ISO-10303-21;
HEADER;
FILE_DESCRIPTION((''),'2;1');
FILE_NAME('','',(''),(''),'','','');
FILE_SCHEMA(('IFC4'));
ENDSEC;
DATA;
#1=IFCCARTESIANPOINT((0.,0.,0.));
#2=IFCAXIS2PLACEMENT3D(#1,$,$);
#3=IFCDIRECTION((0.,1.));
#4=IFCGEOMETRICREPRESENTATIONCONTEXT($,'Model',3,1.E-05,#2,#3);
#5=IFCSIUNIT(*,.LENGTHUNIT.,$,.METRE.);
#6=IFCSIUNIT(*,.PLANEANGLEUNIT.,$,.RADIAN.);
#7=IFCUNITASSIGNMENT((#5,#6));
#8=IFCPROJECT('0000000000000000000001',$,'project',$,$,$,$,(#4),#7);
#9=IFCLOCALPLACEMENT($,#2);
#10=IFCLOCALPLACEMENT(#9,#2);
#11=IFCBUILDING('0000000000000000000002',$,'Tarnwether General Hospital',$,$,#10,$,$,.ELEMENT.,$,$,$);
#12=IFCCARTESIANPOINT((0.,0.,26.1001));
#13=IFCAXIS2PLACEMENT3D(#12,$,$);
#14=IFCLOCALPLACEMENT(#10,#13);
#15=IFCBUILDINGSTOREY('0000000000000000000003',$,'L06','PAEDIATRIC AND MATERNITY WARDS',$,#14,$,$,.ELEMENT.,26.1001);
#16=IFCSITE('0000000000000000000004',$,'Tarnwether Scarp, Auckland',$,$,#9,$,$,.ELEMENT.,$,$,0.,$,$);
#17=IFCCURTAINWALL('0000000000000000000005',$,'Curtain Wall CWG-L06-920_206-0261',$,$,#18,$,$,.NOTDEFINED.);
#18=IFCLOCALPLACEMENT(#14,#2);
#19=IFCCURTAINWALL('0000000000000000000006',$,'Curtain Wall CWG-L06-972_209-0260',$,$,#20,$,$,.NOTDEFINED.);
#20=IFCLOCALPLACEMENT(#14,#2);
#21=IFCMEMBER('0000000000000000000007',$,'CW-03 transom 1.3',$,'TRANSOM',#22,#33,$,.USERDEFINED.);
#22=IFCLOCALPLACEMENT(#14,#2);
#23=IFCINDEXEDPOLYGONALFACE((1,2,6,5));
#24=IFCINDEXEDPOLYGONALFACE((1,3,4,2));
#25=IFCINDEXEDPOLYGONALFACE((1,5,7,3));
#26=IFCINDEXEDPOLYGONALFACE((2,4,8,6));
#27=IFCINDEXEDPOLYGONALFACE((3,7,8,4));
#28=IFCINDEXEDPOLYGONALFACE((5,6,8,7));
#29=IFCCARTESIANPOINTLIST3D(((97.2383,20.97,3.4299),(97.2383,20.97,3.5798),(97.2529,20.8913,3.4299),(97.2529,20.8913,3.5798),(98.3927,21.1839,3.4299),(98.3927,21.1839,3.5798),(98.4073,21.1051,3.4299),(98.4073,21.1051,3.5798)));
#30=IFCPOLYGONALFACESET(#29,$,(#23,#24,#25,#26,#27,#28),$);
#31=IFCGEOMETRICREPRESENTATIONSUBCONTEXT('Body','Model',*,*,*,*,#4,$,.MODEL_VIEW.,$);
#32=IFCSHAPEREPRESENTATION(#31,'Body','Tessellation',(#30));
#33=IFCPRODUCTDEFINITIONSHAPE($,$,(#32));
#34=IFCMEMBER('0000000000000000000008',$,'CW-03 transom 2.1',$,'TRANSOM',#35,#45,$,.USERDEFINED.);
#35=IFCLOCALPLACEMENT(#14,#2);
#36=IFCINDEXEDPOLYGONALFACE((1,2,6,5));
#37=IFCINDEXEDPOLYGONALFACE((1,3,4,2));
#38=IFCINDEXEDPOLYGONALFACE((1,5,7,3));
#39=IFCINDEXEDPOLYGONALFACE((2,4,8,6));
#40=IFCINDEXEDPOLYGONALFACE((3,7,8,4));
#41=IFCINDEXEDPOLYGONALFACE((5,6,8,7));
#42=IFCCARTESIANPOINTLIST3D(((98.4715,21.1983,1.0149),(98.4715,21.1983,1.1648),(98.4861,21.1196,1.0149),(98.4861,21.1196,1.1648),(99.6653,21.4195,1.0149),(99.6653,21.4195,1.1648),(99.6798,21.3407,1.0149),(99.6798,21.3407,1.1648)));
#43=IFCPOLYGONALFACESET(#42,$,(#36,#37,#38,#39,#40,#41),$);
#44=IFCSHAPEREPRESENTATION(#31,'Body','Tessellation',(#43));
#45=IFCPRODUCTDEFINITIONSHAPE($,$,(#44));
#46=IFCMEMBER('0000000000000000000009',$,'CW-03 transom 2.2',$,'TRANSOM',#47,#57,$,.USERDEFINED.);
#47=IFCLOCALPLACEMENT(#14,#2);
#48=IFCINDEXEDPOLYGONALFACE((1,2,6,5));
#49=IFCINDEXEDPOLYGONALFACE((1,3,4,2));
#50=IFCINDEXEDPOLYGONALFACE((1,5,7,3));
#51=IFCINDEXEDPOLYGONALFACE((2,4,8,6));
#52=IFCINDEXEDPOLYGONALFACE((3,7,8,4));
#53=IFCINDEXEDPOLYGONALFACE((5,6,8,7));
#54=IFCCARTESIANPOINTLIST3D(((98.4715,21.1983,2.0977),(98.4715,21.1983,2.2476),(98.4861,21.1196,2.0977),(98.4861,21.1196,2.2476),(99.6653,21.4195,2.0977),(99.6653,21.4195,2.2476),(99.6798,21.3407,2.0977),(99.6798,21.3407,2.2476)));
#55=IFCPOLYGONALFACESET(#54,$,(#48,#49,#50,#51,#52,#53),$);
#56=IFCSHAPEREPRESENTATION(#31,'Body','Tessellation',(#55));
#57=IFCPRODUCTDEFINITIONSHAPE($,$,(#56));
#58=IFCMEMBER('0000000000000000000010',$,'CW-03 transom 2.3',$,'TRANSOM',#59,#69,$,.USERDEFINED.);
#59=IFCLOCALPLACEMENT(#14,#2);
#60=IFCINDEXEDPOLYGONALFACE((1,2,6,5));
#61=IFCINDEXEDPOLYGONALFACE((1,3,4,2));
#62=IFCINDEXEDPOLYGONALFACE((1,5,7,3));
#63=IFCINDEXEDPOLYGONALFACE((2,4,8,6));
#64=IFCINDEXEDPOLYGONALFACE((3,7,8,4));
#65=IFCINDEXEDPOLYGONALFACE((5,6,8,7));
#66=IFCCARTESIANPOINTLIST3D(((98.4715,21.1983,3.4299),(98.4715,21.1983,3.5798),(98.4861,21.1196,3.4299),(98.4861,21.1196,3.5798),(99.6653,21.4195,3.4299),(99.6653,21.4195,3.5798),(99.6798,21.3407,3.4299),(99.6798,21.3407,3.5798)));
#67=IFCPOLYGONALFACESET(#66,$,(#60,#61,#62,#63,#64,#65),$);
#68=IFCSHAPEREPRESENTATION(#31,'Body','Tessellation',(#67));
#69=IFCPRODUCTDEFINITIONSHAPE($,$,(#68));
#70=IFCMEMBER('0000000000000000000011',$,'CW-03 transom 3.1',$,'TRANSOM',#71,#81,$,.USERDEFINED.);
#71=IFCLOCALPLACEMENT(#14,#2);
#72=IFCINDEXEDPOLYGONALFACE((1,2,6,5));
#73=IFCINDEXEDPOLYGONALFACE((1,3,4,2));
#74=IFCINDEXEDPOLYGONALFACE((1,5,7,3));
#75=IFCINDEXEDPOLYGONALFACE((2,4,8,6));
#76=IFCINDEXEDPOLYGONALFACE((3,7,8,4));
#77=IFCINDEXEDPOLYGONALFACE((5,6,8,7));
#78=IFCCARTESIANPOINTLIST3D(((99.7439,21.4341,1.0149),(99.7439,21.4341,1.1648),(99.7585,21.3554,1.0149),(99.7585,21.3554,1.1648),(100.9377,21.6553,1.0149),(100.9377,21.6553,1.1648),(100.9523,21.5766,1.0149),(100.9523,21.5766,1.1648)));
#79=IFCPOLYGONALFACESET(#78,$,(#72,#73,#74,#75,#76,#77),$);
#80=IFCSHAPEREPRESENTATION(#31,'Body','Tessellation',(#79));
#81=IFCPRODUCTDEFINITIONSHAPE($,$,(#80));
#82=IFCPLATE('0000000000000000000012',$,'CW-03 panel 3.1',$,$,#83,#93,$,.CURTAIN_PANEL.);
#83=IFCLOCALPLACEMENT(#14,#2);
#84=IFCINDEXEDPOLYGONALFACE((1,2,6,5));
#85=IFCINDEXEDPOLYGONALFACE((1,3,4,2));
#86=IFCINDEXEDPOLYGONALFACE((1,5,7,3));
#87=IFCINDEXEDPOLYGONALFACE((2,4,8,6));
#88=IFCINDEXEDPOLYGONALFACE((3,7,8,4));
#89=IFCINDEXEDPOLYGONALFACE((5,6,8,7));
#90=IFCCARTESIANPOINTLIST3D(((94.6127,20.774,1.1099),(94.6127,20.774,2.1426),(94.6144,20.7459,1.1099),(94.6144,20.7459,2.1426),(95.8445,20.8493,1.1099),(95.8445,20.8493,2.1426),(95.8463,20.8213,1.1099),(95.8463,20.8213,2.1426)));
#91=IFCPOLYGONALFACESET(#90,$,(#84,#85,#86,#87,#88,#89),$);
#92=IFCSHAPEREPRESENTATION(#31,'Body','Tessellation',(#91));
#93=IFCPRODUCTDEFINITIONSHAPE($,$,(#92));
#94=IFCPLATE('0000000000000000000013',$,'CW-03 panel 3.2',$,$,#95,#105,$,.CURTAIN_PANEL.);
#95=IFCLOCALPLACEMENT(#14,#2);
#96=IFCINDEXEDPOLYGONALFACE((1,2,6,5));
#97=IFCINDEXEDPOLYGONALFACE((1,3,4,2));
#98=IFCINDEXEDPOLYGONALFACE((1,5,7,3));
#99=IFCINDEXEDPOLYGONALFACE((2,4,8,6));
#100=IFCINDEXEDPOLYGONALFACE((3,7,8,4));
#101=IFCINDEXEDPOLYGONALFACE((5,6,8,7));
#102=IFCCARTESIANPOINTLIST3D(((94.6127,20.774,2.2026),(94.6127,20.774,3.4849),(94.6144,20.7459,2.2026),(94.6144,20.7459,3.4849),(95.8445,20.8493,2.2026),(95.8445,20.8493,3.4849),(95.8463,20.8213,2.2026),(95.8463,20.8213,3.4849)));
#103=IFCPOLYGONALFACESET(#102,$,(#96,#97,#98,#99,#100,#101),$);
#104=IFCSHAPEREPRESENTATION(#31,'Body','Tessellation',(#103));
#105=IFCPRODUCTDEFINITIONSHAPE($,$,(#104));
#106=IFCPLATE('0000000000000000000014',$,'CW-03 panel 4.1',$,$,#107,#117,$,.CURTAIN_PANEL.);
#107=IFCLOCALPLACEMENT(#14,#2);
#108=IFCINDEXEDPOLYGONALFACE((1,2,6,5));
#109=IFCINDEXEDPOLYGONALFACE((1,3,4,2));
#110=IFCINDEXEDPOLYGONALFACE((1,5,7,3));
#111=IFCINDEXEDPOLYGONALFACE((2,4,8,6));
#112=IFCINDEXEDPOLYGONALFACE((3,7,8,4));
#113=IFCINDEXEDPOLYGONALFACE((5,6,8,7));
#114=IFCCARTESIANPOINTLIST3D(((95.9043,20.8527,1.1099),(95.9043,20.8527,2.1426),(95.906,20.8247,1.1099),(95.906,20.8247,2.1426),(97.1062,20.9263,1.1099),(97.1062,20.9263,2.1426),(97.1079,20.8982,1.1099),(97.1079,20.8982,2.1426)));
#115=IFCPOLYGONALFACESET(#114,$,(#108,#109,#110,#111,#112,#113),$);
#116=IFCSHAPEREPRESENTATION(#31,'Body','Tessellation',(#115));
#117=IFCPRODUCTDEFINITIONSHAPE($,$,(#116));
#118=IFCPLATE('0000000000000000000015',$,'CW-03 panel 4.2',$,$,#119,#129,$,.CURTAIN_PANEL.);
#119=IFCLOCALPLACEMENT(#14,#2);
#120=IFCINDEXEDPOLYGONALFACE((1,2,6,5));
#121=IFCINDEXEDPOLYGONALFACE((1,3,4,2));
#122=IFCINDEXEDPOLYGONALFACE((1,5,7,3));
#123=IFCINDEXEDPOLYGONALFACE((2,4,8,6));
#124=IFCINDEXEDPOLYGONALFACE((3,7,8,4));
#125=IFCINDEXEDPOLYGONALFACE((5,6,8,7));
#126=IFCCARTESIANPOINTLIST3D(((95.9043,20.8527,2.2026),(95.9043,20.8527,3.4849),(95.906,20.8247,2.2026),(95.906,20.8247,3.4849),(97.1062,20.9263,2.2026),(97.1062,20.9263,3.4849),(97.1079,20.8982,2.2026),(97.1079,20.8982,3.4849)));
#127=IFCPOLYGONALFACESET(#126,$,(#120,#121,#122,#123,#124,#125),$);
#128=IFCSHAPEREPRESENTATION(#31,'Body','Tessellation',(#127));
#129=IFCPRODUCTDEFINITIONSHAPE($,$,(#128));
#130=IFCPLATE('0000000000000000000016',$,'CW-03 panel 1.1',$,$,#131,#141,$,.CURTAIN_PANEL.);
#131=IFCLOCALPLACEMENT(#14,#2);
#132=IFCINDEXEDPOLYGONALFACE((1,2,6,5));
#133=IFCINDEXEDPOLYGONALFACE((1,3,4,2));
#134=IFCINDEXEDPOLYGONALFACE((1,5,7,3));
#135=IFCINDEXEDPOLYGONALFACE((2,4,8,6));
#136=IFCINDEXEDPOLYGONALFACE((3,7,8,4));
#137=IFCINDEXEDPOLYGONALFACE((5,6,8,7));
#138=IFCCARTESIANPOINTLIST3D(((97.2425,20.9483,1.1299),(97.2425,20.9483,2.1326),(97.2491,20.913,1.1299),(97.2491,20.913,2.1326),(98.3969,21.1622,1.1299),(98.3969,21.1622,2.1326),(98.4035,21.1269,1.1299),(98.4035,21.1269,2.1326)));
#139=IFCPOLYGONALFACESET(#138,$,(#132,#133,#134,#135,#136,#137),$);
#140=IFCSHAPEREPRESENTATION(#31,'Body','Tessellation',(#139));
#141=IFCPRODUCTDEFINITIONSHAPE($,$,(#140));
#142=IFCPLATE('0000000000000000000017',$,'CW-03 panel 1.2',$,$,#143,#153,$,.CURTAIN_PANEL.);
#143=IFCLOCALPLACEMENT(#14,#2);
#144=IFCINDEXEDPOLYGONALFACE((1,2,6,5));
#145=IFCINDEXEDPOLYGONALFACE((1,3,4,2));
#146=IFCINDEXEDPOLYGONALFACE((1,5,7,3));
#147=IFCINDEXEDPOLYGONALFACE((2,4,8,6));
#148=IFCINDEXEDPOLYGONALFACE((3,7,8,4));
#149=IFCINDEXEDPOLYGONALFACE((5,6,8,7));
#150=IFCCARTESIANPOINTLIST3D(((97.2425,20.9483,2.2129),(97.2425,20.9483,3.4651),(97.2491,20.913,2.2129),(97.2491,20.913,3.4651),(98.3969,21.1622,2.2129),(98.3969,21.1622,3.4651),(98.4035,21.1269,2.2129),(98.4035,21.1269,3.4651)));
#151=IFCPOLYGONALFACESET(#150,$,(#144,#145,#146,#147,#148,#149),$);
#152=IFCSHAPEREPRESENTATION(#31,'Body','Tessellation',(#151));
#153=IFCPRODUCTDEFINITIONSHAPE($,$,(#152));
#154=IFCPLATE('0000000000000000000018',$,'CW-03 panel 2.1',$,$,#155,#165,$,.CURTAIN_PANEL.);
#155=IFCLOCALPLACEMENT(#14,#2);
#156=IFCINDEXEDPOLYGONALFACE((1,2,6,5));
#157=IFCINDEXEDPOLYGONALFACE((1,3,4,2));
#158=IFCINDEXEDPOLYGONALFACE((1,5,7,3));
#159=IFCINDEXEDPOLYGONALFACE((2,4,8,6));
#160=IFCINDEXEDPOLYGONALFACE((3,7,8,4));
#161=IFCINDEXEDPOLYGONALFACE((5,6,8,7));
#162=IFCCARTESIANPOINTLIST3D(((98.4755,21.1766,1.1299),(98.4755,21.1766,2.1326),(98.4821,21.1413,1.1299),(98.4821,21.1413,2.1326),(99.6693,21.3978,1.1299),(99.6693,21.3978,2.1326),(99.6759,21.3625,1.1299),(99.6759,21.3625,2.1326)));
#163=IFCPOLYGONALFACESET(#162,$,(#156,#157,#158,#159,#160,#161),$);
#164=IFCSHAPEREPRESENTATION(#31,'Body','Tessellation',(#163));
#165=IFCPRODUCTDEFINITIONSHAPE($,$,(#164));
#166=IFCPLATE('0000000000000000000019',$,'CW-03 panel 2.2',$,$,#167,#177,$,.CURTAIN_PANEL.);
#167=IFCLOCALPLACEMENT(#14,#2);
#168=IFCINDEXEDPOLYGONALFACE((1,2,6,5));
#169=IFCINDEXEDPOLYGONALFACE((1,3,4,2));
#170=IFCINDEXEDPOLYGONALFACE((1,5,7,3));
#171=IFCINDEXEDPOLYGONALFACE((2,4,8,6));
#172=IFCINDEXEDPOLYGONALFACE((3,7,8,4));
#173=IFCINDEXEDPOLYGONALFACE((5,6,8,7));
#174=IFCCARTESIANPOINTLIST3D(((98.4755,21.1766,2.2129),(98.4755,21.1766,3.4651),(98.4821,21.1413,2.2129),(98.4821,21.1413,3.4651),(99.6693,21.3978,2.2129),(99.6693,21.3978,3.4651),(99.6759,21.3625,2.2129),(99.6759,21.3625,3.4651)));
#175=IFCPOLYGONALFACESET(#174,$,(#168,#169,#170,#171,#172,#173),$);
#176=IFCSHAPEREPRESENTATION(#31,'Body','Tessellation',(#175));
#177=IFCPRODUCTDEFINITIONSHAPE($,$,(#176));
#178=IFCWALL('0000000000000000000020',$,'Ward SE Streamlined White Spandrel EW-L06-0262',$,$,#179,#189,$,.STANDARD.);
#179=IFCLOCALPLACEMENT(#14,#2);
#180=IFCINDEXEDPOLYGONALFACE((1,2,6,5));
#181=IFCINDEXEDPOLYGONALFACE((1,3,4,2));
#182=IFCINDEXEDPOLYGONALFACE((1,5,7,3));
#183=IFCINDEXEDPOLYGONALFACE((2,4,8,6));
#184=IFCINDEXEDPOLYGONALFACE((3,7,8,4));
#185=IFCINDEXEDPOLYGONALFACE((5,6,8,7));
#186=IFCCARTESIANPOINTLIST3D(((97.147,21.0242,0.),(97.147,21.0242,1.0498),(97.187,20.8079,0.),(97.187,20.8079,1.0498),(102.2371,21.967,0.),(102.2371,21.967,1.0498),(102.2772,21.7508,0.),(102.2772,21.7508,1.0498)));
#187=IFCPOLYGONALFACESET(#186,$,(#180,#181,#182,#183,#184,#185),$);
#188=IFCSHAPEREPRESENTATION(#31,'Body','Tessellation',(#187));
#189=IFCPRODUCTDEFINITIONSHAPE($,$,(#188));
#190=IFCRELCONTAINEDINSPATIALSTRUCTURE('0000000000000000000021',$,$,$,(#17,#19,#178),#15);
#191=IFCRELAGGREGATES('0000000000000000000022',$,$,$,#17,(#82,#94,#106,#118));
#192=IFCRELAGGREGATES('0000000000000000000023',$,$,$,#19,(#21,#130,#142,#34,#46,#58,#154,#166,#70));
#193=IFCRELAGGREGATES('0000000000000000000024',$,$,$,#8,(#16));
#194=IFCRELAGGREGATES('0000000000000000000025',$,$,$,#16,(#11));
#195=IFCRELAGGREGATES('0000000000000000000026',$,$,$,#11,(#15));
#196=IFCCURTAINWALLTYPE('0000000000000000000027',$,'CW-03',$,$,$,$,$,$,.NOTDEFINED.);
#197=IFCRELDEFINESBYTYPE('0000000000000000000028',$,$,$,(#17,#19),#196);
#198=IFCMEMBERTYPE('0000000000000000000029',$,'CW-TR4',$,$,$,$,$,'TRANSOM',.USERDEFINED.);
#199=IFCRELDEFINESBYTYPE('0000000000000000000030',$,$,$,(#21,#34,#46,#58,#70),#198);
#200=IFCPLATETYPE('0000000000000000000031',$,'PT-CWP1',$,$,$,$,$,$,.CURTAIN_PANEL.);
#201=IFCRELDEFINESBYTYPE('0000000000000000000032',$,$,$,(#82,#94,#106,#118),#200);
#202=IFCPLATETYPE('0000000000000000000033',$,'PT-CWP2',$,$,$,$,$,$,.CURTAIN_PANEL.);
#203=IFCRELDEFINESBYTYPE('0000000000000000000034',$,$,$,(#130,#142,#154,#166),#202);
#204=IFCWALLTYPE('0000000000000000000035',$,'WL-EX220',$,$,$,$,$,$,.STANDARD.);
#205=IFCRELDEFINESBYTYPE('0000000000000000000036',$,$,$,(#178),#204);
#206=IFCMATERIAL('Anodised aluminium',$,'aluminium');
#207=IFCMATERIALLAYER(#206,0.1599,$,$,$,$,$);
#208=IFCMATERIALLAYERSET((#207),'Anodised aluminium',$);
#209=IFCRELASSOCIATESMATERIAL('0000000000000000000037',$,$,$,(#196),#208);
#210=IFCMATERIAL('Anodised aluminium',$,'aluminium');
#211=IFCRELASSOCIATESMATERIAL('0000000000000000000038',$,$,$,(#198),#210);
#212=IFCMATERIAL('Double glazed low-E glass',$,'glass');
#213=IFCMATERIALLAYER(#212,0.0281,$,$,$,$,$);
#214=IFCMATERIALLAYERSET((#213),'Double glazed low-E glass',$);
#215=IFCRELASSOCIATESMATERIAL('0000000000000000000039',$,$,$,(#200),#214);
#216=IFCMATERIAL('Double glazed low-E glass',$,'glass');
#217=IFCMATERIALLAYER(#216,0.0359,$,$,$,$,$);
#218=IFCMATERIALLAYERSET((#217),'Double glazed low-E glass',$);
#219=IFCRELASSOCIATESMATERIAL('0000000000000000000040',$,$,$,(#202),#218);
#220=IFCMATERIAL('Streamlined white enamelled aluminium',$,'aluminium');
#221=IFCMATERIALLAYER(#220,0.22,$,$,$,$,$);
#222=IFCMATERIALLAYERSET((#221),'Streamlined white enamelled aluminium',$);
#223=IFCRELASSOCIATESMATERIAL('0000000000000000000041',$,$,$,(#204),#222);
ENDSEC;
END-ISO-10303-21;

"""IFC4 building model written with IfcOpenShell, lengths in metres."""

from ifc_helpers import new_model, si_unit, direction, frame, frame_2d, origin, origin_2d, place, context, subcontext, project, spatial, rectangle, extrude, material, layer, layer_set, material_profile, profile_set, type_object, element, aggregate, save


model = new_model("IFC4")

# Units and contexts
model_context = context("Model", 3, precision=1e-05, world=origin(), true_north=direction((0.0, 1.0)))
body_context = subcontext(model_context, "Body", "Model", "MODEL_VIEW")
ifc_project = project(units=[si_unit("LENGTHUNIT", "METRE"), si_unit("PLANEANGLEUNIT", "RADIAN")], contexts=[model_context])

# Site, building, storey
site_placement = place(None, origin())
site = spatial("IfcSite", under=ifc_project, at=site_placement, Name="Tarnwether Scarp, Auckland", CompositionType="ELEMENT", RefElevation=0.0)
building_placement = place(site_placement, origin())
building = spatial("IfcBuilding", under=site, at=building_placement, Name="Tarnwether General Hospital", CompositionType="ELEMENT")
storey_placement = place(building_placement, frame((0.0, 0.0, 26.1001)))
storey = spatial("IfcBuildingStorey", under=building, at=storey_placement, Name="L06", Description="PAEDIATRIC AND MATERNITY WARDS", CompositionType="ELEMENT", Elevation=26.1001)

# Curtain walls
ifc_material_1 = material(Name="Anodised aluminium", Category="aluminium")
ifc_layer_1 = layer(ifc_material_1, 0.1599)
ifc_layer_set_1 = layer_set([ifc_layer_1], Name="Anodised aluminium")
curtain_wall_type = type_object("IfcCurtainWallType", Name="CW-03", PredefinedType="NOTDEFINED", material=ifc_layer_set_1)
curtain_wall_1_placement = place(storey_placement, origin())
curtain_wall_1 = element("IfcCurtainWall", 1, at=curtain_wall_1_placement, inside=storey, type_object=curtain_wall_type, Name="Curtain Wall CWG-L06-920_206-0261", PredefinedType="NOTDEFINED")
curtain_wall_2_placement = place(storey_placement, origin())
curtain_wall_2 = element("IfcCurtainWall", 2, at=curtain_wall_2_placement, inside=storey, type_object=curtain_wall_type, Name="Curtain Wall CWG-L06-972_209-0260", PredefinedType="NOTDEFINED")

# Members
ifc_material_2 = material(Name="Anodised aluminium", Category="aluminium")
ifc_material_profile_1 = material_profile(ifc_material_2, rectangle(XDim=0.0801, YDim=0.1499, at=origin_2d()), Name="ALU-TRN-80x150")
ifc_profile_set_1 = profile_set([ifc_material_profile_1], Name="Anodised aluminium")
member_type_1 = type_object("IfcMemberType", Name="CW-TR4", ElementType="TRANSOM", PredefinedType="USERDEFINED", material=ifc_profile_set_1)
member_1_placement = place(storey_placement, frame((97.2456, 20.9307, 3.5049), z_axis=(0.983272, 0.182141, 0.0), x_axis=(-0.182141, 0.983272, 0.0)))
member_1 = element("IfcMember", 3, at=member_1_placement, type_object=member_type_1, Name="CW-03 transom 1.3", ObjectType="TRANSOM", PredefinedType="USERDEFINED", context=body_context, shape_type="SweptSolid", body=[
    extrude(rectangle(XDim=0.0801, YDim=0.1499, at=origin_2d()), origin(), (0.0, 0.0, 1.0), 1.1741),
])
member_2_placement = place(storey_placement, frame((98.4788, 21.1589, 1.0898), z_axis=(0.983266, 0.182176, 0.0), x_axis=(-0.182176, 0.983266, 0.0)))
member_2 = element("IfcMember", 4, at=member_2_placement, type_object=member_type_1, Name="CW-03 transom 2.1", ObjectType="TRANSOM", PredefinedType="USERDEFINED", context=body_context, shape_type="SweptSolid", body=[
    extrude(rectangle(XDim=0.0801, YDim=0.1499, at=origin_2d()), origin(), (0.0, 0.0, 1.0), 1.2141),
])
member_3_placement = place(storey_placement, frame((98.4788, 21.1589, 2.1726), z_axis=(0.983266, 0.182176, 0.0), x_axis=(-0.182176, 0.983266, 0.0)))
member_3 = element("IfcMember", 5, at=member_3_placement, type_object=member_type_1, Name="CW-03 transom 2.2", ObjectType="TRANSOM", PredefinedType="USERDEFINED", context=body_context, shape_type="SweptSolid", body=[
    extrude(rectangle(XDim=0.0801, YDim=0.1499, at=origin_2d()), origin(), (0.0, 0.0, 1.0), 1.2141),
])
member_4_placement = place(storey_placement, frame((98.4788, 21.1589, 3.5049), z_axis=(0.983266, 0.182176, 0.0), x_axis=(-0.182176, 0.983266, 0.0)))
member_4 = element("IfcMember", 6, at=member_4_placement, type_object=member_type_1, Name="CW-03 transom 2.3", ObjectType="TRANSOM", PredefinedType="USERDEFINED", context=body_context, shape_type="SweptSolid", body=[
    extrude(rectangle(XDim=0.0801, YDim=0.1499, at=origin_2d()), origin(), (0.0, 0.0, 1.0), 1.2141),
])
member_5_placement = place(storey_placement, frame((99.7512, 21.3948, 1.0898), z_axis=(0.983266, 0.182176, 0.0), x_axis=(-0.182176, 0.983266, 0.0)))
member_5 = element("IfcMember", 7, at=member_5_placement, type_object=member_type_1, Name="CW-03 transom 3.1", ObjectType="TRANSOM", PredefinedType="USERDEFINED", context=body_context, shape_type="SweptSolid", body=[
    extrude(rectangle(XDim=0.0801, YDim=0.1499, at=origin_2d()), origin(), (0.0, 0.0, 1.0), 1.2141),
])

# Plates
ifc_material_3 = material(Name="Double glazed low-E glass", Category="glass")
ifc_layer_2 = layer(ifc_material_3, 0.0281)
ifc_layer_set_2 = layer_set([ifc_layer_2], Name="Double glazed low-E glass")
plate_type_1 = type_object("IfcPlateType", Name="PT-CWP1", PredefinedType="CURTAIN_PANEL", material=ifc_layer_set_2)
plate_1_placement = place(storey_placement, frame((95.2295, 20.7976, 1.1099), z_axis=(0.0, 0.0, 1.0), x_axis=(0.998135, 0.061043, 0.0)))
plate_1 = element("IfcPlate", 8, at=plate_1_placement, type_object=plate_type_1, Name="CW-03 panel 3.1", PredefinedType="CURTAIN_PANEL", context=body_context, shape_type="SweptSolid", body=[
    extrude(rectangle(XDim=1.2341, YDim=0.0281, at=origin_2d()), origin(), (0.0, 0.0, 1.0), 1.0327),
])
plate_2_placement = place(storey_placement, frame((95.2295, 20.7976, 2.2026), z_axis=(0.0, 0.0, 1.0), x_axis=(0.998135, 0.061043, 0.0)))
plate_2 = element("IfcPlate", 9, at=plate_2_placement, type_object=plate_type_1, Name="CW-03 panel 3.2", PredefinedType="CURTAIN_PANEL", context=body_context, shape_type="SweptSolid", body=[
    extrude(rectangle(XDim=1.2341, YDim=0.0281, at=origin_2d()), origin(), (0.0, 0.0, 1.0), 1.2822),
])
plate_3_placement = place(storey_placement, frame((96.5061, 20.8755, 1.1099), z_axis=(0.0, 0.0, 1.0), x_axis=(0.998135, 0.061043, 0.0)))
plate_3 = element("IfcPlate", 10, at=plate_3_placement, type_object=plate_type_1, Name="CW-03 panel 4.1", PredefinedType="CURTAIN_PANEL", context=body_context, shape_type="SweptSolid", body=[
    extrude(rectangle(XDim=1.2041, YDim=0.0281, at=origin_2d()), origin(), (0.0, 0.0, 1.0), 1.0327),
])
plate_4_placement = place(storey_placement, frame((96.5061, 20.8755, 2.2026), z_axis=(0.0, 0.0, 1.0), x_axis=(0.998135, 0.061043, 0.0)))
plate_4 = element("IfcPlate", 11, at=plate_4_placement, type_object=plate_type_1, Name="CW-03 panel 4.2", PredefinedType="CURTAIN_PANEL", context=body_context, shape_type="SweptSolid", body=[
    extrude(rectangle(XDim=1.2041, YDim=0.0281, at=origin_2d()), origin(), (0.0, 0.0, 1.0), 1.2822),
])
aggregate(curtain_wall_1, [plate_1, plate_2, plate_3, plate_4])
ifc_material_4 = material(Name="Double glazed low-E glass", Category="glass")
ifc_layer_3 = layer(ifc_material_4, 0.0359)
ifc_layer_set_3 = layer_set([ifc_layer_3], Name="Double glazed low-E glass")
plate_type_2 = type_object("IfcPlateType", Name="PT-CWP2", PredefinedType="CURTAIN_PANEL", material=ifc_layer_set_3)
plate_5_placement = place(storey_placement, frame((97.823, 21.0376, 1.1299), z_axis=(0.0, 0.0, 1.0), x_axis=(0.983268, 0.182165, 0.0)))
plate_5 = element("IfcPlate", 12, at=plate_5_placement, type_object=plate_type_2, Name="CW-03 panel 1.1", PredefinedType="CURTAIN_PANEL", context=body_context, shape_type="SweptSolid", body=[
    extrude(rectangle(XDim=1.1741, YDim=0.0359, at=origin_2d()), origin(), (0.0, 0.0, 1.0), 1.0027),
])
plate_6_placement = place(storey_placement, frame((97.823, 21.0376, 2.2129), z_axis=(0.0, 0.0, 1.0), x_axis=(0.983268, 0.182165, 0.0)))
plate_6 = element("IfcPlate", 13, at=plate_6_placement, type_object=plate_type_2, Name="CW-03 panel 1.2", PredefinedType="CURTAIN_PANEL", context=body_context, shape_type="SweptSolid", body=[
    extrude(rectangle(XDim=1.1741, YDim=0.0359, at=origin_2d()), origin(), (0.0, 0.0, 1.0), 1.2522),
])
plate_7_placement = place(storey_placement, frame((99.0757, 21.2695, 1.1299), z_axis=(0.0, 0.0, 1.0), x_axis=(0.983268, 0.182165, 0.0)))
plate_7 = element("IfcPlate", 14, at=plate_7_placement, type_object=plate_type_2, Name="CW-03 panel 2.1", PredefinedType="CURTAIN_PANEL", context=body_context, shape_type="SweptSolid", body=[
    extrude(rectangle(XDim=1.2141, YDim=0.0359, at=origin_2d()), origin(), (0.0, 0.0, 1.0), 1.0027),
])
plate_8_placement = place(storey_placement, frame((99.0757, 21.2695, 2.2129), z_axis=(0.0, 0.0, 1.0), x_axis=(0.983268, 0.182165, 0.0)))
plate_8 = element("IfcPlate", 15, at=plate_8_placement, type_object=plate_type_2, Name="CW-03 panel 2.2", PredefinedType="CURTAIN_PANEL", context=body_context, shape_type="SweptSolid", body=[
    extrude(rectangle(XDim=1.2141, YDim=0.0359, at=origin_2d()), origin(), (0.0, 0.0, 1.0), 1.2522),
])
aggregate(curtain_wall_2, [member_1, plate_5, plate_6, member_2, member_3, member_4, plate_7, plate_8, member_5])

# Wall
ifc_material_5 = material(Name="Streamlined white enamelled aluminium", Category="aluminium")
ifc_layer_4 = layer(ifc_material_5, 0.22)
ifc_layer_set_4 = layer_set([ifc_layer_4], Name="Streamlined white enamelled aluminium")
wall_type = type_object("IfcWallType", Name="WL-EX220", PredefinedType="STANDARD", material=ifc_layer_set_4)
wall_placement = place(storey_placement, frame((97.167, 20.916, 0.0), z_axis=(0.0, 0.0, 1.0), x_axis=(0.983273, 0.182138, 0.0)))
element("IfcWall", 16, at=wall_placement, inside=storey, type_object=wall_type, Name="Ward SE Streamlined White Spandrel EW-L06-0262", PredefinedType="STANDARD", context=body_context, shape_type="SweptSolid", body=[
    extrude(rectangle(XDim=5.1768, YDim=0.22, at=frame_2d((2.5884, 0.0))), origin(), (0.0, 0.0, 1.0), 1.0498),
])

save(model, "model.ifc")
